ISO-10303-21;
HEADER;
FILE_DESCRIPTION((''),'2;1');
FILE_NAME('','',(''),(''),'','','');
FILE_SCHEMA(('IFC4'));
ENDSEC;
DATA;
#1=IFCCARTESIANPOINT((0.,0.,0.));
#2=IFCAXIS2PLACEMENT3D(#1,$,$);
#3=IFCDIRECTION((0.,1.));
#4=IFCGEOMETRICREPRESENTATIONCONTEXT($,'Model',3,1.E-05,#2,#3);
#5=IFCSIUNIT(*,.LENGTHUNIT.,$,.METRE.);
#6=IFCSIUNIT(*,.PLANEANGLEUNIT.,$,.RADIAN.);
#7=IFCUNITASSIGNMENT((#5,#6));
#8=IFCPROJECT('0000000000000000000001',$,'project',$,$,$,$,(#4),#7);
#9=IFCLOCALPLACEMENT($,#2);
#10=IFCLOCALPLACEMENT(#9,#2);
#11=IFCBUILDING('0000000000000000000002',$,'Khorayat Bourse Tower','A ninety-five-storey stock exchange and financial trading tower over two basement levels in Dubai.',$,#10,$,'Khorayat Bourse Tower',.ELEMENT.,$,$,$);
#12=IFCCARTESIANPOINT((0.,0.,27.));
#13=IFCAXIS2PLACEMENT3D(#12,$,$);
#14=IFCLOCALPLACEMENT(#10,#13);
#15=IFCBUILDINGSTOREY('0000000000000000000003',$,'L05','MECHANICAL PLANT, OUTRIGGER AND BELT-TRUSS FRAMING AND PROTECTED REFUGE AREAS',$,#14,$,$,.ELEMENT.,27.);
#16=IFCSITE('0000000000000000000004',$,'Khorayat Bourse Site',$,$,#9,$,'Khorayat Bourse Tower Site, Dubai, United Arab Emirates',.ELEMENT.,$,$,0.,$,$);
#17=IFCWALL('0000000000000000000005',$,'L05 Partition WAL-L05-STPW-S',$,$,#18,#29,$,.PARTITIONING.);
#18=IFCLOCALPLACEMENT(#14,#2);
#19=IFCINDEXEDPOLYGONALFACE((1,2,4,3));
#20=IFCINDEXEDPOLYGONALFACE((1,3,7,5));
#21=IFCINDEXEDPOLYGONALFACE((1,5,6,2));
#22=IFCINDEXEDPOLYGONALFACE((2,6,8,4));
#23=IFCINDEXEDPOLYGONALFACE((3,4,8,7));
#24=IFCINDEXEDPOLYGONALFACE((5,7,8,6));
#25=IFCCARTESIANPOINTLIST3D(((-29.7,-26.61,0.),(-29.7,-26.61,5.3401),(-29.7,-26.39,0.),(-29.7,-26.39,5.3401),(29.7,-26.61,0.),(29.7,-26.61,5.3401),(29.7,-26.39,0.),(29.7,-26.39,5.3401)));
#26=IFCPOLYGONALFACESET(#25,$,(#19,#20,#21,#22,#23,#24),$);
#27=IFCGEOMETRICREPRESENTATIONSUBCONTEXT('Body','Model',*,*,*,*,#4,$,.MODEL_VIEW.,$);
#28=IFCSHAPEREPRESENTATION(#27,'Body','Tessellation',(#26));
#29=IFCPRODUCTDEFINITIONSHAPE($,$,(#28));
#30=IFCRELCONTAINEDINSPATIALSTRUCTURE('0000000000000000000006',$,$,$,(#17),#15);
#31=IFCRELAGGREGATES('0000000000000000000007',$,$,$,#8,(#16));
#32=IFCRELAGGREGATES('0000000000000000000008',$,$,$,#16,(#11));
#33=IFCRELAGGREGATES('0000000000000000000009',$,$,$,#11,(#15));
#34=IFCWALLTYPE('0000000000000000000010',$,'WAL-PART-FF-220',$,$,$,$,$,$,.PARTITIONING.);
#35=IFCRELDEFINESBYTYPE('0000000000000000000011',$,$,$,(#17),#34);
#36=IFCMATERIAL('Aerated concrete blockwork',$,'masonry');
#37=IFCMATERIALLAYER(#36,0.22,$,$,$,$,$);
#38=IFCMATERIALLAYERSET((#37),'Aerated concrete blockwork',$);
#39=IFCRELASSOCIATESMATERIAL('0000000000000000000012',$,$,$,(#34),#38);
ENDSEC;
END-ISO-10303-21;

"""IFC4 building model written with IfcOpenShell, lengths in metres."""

from ifc_helpers import new_model, si_unit, direction, frame, frame_2d, origin, place, context, subcontext, project, spatial, rectangle, extrude, source, transform, mapped, material, layer, layer_set, type_object, element, save


model = new_model("IFC4")

# Units and contexts
model_context = context("Model", 3, precision=1e-05, world=origin(), true_north=direction((0.0, 1.0)))
body_context = subcontext(model_context, "Body", "Model", "MODEL_VIEW")
ifc_project = project(units=[si_unit("LENGTHUNIT", "METRE"), si_unit("PLANEANGLEUNIT", "RADIAN")], contexts=[model_context])

# Site, building, storey
site_placement = place(None, origin())
site = spatial("IfcSite", under=ifc_project, at=site_placement, Name="Khorayat Bourse Site", LongName="Khorayat Bourse Tower Site, Dubai, United Arab Emirates", CompositionType="ELEMENT", RefElevation=0.0)
building_placement = place(site_placement, origin())
building = spatial("IfcBuilding", under=site, at=building_placement, Name="Khorayat Bourse Tower", Description="A ninety-five-storey stock exchange and financial trading tower over two basement levels in Dubai.", LongName="Khorayat Bourse Tower", CompositionType="ELEMENT")
storey_placement = place(building_placement, frame((0.0, 0.0, 27.0)))
storey = spatial("IfcBuildingStorey", under=building, at=storey_placement, Name="L05", Description="MECHANICAL PLANT, OUTRIGGER AND BELT-TRUSS FRAMING AND PROTECTED REFUGE AREAS", CompositionType="ELEMENT", Elevation=27.0)

# Wall
ifc_material_1 = material(Name="Aerated concrete blockwork", Category="masonry")
ifc_layer_1 = layer(ifc_material_1, 0.22)
ifc_layer_set_1 = layer_set([ifc_layer_1], Name="Aerated concrete blockwork")
wall_type_1 = type_object("IfcWallType", Name="WAL-PART-FF-220", PredefinedType="PARTITIONING", material=ifc_layer_set_1)
shared_shape_1 = source(origin(), body_context, "Body", "SweptSolid", [
    extrude(rectangle(XDim=59.3999, YDim=0.22, at=frame_2d((29.7, 0.0))), origin(), (0.0, 0.0, 1.0), 5.3401),
])
wall_1_placement = place(storey_placement, frame((-29.7, -26.5, 0.0), z_axis=(0.0, 0.0, 1.0), x_axis=(1.0, 0.0, 0.0)))
element("IfcWall", 1, at=wall_1_placement, inside=storey, type_object=wall_type_1, Name="L05 Partition WAL-L05-STPW-S", PredefinedType="PARTITIONING", context=body_context, shape_type="MappedRepresentation", body=[
    mapped(shared_shape_1, transform((0.0, 0.0, 0.0), scale=1.0)),
])

save(model, "model.ifc")
